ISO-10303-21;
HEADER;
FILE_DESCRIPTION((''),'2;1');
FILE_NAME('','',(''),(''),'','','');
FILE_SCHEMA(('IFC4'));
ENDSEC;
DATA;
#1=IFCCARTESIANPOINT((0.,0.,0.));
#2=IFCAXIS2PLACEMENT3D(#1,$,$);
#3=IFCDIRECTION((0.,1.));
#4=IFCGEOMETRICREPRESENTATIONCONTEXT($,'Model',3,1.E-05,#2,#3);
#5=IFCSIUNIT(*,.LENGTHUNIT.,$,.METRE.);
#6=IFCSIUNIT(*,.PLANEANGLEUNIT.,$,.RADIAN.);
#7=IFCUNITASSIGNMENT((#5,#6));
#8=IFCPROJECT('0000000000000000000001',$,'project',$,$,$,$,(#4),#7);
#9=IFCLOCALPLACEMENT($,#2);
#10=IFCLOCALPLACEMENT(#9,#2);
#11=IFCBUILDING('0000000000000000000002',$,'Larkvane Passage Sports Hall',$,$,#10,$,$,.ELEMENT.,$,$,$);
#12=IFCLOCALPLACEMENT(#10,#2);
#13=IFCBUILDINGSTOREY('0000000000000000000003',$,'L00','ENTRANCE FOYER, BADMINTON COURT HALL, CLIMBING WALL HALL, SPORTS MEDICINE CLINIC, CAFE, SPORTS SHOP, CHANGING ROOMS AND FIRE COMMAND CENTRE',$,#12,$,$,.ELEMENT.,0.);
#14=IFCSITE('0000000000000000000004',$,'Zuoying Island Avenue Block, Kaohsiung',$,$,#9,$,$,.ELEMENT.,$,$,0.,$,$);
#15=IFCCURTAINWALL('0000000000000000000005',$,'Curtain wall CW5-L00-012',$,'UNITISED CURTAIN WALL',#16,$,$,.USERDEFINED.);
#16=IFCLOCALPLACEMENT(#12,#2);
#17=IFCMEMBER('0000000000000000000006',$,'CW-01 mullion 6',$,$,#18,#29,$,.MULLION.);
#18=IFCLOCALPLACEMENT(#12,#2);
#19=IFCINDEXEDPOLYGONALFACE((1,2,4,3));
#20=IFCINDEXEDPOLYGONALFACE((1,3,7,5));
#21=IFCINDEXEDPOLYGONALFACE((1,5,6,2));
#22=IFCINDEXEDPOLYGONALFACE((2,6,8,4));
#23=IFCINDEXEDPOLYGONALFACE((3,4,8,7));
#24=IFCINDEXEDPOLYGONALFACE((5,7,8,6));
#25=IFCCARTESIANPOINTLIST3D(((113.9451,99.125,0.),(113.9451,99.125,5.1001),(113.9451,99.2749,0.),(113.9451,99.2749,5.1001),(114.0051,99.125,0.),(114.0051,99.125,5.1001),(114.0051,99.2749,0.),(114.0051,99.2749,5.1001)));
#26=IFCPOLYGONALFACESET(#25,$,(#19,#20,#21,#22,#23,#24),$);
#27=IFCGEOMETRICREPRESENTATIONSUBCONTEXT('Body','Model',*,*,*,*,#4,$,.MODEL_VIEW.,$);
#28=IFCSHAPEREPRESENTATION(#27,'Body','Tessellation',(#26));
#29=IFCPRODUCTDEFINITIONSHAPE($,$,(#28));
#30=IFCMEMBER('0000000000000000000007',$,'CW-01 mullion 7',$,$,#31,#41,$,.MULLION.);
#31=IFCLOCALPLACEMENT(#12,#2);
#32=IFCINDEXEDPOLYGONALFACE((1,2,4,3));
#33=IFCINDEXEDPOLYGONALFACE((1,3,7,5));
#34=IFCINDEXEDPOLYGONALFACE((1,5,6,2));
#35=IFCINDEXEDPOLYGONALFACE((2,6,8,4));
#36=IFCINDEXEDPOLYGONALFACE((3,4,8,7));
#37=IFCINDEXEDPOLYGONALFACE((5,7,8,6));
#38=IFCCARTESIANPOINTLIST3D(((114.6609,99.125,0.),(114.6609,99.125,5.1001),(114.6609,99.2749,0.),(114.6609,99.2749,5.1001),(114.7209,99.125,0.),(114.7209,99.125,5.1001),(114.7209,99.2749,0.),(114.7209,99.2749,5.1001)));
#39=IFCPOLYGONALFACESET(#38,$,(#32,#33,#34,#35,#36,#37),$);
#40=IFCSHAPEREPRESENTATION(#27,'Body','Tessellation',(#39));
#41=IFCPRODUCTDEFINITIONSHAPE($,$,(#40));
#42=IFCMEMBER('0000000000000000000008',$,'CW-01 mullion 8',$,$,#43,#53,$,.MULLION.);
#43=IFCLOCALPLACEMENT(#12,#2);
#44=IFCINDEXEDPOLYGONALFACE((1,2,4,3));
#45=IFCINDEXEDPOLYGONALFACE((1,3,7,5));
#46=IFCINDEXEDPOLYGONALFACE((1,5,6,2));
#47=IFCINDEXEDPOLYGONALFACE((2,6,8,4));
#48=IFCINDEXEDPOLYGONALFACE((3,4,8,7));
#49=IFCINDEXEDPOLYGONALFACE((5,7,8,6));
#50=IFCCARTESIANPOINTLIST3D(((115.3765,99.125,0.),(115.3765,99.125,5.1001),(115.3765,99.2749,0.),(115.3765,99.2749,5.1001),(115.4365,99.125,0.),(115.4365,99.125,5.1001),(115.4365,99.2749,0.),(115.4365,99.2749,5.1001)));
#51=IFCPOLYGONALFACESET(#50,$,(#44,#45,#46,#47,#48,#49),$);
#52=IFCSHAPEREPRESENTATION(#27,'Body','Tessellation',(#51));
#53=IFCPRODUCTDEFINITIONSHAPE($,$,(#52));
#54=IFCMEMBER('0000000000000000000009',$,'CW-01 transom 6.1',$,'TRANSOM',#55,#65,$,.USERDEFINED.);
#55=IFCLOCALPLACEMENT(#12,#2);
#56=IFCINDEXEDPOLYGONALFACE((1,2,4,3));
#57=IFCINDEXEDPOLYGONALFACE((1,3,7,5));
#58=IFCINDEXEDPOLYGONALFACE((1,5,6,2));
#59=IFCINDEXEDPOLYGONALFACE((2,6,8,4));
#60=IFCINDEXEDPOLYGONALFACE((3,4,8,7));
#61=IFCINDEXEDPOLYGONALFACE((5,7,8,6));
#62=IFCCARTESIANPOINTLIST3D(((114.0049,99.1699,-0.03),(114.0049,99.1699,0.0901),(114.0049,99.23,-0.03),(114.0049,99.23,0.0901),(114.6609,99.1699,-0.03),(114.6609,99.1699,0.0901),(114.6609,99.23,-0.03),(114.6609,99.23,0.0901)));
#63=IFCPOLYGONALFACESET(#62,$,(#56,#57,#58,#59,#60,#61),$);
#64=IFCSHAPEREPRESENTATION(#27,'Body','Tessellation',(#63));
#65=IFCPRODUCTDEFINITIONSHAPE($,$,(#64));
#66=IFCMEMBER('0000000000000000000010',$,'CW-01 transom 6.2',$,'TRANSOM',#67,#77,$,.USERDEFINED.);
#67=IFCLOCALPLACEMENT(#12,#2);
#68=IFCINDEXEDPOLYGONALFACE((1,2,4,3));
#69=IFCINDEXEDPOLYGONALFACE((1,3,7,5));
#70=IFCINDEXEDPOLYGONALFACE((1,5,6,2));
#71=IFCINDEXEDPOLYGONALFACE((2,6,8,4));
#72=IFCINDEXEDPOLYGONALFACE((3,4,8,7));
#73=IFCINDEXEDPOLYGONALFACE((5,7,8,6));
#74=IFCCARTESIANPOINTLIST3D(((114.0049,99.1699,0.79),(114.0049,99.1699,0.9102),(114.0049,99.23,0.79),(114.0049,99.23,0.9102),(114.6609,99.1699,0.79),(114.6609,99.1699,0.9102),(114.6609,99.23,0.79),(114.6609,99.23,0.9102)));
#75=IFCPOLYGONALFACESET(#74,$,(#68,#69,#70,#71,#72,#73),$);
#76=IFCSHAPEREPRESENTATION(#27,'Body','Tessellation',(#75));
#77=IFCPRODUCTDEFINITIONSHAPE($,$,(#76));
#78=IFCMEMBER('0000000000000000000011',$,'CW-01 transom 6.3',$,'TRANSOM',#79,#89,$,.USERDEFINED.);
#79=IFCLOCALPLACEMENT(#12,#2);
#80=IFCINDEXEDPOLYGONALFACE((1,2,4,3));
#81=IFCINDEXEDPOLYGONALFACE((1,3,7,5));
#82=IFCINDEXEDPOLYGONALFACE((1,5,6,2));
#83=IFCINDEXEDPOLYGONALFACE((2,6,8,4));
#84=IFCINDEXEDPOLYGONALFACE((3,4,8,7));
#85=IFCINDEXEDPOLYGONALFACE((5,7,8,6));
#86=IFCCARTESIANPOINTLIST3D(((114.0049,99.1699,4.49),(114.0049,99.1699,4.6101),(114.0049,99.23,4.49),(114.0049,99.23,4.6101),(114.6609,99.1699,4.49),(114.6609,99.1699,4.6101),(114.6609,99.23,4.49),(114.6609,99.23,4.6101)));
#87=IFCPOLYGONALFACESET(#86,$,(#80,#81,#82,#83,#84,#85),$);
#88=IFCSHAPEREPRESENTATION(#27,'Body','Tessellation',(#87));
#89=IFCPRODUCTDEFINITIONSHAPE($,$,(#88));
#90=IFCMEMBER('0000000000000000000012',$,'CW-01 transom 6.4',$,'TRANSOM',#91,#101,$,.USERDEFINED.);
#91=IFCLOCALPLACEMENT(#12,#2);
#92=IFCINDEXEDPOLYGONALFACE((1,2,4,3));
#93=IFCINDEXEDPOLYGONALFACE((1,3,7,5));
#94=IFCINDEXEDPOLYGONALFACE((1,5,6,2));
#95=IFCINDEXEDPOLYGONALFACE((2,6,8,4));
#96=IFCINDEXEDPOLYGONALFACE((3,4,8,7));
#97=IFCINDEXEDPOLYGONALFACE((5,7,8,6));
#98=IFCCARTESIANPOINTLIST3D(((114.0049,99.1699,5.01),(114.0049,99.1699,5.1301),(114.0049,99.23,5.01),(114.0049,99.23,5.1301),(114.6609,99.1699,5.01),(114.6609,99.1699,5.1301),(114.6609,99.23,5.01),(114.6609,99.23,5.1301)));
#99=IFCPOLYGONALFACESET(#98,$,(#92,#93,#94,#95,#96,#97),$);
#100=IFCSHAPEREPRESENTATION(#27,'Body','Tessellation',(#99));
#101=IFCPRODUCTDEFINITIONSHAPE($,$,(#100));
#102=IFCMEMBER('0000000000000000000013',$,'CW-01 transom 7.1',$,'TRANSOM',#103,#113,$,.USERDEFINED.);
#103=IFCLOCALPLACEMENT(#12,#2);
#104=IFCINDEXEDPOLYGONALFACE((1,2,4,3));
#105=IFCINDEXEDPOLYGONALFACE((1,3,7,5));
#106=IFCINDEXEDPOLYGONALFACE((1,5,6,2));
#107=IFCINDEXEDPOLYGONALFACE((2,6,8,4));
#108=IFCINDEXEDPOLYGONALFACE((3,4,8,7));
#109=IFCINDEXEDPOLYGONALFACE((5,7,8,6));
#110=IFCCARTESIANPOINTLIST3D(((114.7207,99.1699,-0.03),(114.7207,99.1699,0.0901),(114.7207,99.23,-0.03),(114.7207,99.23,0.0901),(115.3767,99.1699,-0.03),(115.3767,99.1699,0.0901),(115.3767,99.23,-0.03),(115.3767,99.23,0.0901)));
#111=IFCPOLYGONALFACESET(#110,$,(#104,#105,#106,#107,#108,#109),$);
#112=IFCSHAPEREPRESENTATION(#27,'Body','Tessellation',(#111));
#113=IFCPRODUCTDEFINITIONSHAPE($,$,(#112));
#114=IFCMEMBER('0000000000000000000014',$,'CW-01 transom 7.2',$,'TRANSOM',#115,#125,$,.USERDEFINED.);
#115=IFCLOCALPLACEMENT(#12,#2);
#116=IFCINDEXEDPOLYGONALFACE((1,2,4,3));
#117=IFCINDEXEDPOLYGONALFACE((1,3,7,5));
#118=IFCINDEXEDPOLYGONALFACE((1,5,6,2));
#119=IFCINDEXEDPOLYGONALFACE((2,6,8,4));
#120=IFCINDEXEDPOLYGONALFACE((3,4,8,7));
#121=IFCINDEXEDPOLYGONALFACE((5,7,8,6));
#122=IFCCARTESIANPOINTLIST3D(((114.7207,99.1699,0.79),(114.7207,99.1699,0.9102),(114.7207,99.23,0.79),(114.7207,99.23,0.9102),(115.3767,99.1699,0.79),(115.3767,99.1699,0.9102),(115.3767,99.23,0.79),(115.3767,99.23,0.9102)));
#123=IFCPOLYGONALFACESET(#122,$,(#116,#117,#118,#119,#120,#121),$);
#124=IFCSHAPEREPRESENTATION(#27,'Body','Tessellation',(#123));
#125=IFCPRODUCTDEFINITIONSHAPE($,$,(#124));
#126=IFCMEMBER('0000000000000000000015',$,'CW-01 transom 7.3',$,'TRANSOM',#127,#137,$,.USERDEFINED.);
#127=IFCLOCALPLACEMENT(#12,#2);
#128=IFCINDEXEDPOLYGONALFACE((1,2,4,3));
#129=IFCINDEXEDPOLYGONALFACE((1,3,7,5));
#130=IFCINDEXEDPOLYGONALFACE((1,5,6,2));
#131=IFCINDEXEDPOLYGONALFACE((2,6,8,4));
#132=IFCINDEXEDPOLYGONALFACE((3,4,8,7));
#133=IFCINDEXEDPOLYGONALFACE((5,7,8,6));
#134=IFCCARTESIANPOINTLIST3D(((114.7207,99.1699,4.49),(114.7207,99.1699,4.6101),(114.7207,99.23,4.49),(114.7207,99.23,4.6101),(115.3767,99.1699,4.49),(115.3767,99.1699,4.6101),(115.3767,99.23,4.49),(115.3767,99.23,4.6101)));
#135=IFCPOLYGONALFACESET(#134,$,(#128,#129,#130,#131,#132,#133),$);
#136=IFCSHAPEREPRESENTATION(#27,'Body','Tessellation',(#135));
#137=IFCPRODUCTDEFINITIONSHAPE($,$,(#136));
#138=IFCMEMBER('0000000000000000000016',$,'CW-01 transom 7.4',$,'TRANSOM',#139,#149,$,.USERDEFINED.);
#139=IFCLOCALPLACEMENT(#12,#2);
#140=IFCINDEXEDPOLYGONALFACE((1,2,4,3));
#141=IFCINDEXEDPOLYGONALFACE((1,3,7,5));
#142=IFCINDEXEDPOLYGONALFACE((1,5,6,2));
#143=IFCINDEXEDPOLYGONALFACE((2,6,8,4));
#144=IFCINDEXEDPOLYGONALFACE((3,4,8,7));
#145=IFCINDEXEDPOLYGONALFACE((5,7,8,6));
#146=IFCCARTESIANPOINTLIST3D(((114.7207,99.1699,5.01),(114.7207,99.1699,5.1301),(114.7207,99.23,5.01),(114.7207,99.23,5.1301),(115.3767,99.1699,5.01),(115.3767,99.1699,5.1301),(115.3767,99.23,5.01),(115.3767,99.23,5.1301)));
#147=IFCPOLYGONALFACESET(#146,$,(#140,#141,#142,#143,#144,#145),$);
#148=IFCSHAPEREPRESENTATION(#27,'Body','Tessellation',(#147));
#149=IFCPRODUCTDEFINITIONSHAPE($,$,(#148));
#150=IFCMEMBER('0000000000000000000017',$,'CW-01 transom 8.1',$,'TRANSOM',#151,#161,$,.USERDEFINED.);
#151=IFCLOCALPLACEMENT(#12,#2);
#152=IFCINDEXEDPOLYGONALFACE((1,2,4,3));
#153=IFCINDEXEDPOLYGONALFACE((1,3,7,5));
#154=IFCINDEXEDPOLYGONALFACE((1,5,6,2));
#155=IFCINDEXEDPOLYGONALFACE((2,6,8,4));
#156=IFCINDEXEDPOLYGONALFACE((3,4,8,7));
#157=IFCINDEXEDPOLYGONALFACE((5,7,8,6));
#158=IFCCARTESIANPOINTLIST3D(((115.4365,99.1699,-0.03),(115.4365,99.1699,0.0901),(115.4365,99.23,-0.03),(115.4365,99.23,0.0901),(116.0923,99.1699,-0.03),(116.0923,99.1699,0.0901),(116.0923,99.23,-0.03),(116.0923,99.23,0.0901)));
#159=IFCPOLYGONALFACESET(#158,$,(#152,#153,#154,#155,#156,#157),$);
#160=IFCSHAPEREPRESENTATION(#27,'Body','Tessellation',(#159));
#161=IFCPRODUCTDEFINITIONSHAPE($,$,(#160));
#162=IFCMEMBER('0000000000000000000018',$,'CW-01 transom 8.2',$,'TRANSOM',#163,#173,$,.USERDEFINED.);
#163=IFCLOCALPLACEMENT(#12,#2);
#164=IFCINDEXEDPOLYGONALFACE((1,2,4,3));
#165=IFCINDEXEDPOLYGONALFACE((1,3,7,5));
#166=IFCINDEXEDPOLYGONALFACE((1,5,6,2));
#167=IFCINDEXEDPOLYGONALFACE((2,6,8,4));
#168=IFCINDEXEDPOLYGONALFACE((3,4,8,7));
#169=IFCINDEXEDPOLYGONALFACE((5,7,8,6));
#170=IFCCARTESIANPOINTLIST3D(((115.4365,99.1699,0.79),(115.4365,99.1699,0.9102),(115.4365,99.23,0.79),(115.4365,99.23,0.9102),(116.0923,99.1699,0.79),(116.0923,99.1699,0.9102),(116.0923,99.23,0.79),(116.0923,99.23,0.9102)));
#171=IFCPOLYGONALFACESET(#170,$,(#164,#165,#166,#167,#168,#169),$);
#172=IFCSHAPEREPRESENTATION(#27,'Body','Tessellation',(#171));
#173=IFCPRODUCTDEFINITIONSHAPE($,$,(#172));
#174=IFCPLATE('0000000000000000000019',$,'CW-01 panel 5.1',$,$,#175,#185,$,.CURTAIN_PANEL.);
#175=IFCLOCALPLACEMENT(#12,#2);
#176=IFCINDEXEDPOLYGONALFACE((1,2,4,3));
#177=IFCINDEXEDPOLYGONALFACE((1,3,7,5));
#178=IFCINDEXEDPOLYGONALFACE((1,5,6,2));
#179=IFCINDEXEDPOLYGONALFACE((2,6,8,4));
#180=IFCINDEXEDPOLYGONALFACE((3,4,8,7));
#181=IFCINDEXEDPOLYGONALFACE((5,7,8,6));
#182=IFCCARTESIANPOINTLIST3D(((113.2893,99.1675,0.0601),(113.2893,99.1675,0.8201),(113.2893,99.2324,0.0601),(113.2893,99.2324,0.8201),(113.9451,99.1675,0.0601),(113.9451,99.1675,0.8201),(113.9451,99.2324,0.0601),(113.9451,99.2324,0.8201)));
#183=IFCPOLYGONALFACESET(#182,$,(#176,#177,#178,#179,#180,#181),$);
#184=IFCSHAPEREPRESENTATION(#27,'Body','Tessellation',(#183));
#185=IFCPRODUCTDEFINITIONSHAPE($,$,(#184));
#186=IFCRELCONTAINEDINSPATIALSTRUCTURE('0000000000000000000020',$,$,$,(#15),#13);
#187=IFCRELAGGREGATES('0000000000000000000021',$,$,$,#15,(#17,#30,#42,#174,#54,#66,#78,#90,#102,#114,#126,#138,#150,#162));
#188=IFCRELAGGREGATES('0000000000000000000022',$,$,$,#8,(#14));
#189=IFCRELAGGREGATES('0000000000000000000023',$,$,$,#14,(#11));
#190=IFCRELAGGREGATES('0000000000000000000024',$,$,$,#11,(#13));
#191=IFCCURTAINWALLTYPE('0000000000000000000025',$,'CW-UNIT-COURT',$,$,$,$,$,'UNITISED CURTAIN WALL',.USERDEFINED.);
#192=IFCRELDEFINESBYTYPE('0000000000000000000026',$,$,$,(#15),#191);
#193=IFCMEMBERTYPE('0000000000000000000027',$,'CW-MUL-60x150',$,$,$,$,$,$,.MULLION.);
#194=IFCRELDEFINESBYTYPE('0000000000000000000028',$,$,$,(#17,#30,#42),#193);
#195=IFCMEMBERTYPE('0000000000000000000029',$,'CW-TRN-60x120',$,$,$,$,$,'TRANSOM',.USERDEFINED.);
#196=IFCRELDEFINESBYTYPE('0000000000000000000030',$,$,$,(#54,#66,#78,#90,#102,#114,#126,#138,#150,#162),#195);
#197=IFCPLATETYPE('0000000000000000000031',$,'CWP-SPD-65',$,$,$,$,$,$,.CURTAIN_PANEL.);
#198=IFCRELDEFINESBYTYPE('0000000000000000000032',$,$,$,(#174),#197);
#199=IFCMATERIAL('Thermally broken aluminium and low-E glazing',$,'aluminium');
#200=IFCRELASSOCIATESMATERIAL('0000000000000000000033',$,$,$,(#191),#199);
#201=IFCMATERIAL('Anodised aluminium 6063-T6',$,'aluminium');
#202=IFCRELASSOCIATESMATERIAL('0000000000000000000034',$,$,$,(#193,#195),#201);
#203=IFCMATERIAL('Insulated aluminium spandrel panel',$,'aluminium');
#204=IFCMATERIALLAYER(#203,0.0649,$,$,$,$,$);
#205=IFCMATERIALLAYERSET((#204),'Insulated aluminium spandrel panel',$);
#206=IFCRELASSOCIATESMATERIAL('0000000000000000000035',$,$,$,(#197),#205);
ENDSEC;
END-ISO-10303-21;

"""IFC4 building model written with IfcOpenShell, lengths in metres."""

from ifc_helpers import new_model, si_unit, direction, frame, origin, origin_2d, place, context, subcontext, project, spatial, rectangle, extrude, material, layer, layer_set, material_profile, profile_set, type_object, element, aggregate, save


model = new_model("IFC4")

# Units and contexts
model_context = context("Model", 3, precision=1e-05, world=origin(), true_north=direction((0.0, 1.0)))
body_context = subcontext(model_context, "Body", "Model", "MODEL_VIEW")
ifc_project = project(units=[si_unit("LENGTHUNIT", "METRE"), si_unit("PLANEANGLEUNIT", "RADIAN")], contexts=[model_context])

# Site, building, storey
site_placement = place(None, origin())
site = spatial("IfcSite", under=ifc_project, at=site_placement, Name="Zuoying Island Avenue Block, Kaohsiung", CompositionType="ELEMENT", RefElevation=0.0)
building_placement = place(site_placement, origin())
building = spatial("IfcBuilding", under=site, at=building_placement, Name="Larkvane Passage Sports Hall", CompositionType="ELEMENT")
storey_placement = place(building_placement, origin())
storey = spatial("IfcBuildingStorey", under=building, at=storey_placement, Name="L00", Description="ENTRANCE FOYER, BADMINTON COURT HALL, CLIMBING WALL HALL, SPORTS MEDICINE CLINIC, CAFE, SPORTS SHOP, CHANGING ROOMS AND FIRE COMMAND CENTRE", CompositionType="ELEMENT", Elevation=0.0)

# Curtain wall, members, plate
ifc_material_1 = material(Name="Thermally broken aluminium and low-E glazing", Category="aluminium")
curtain_wall_type = type_object("IfcCurtainWallType", Name="CW-UNIT-COURT", ElementType="UNITISED CURTAIN WALL", PredefinedType="USERDEFINED", material=ifc_material_1)
curtain_wall_placement = place(storey_placement, origin())
curtain_wall = element("IfcCurtainWall", 1, at=curtain_wall_placement, inside=storey, type_object=curtain_wall_type, Name="Curtain wall CW5-L00-012", ObjectType="UNITISED CURTAIN WALL", PredefinedType="USERDEFINED")
ifc_material_2 = material(Name="Anodised aluminium 6063-T6", Category="aluminium")
ifc_material_profile_1 = material_profile(ifc_material_2, rectangle(XDim=0.0601, YDim=0.1499, at=origin_2d()), Name="ALU-MUL-60x150")
ifc_profile_set_1 = profile_set([ifc_material_profile_1], Name="Anodised aluminium 6063-T6")
member_type_1 = type_object("IfcMemberType", Name="CW-MUL-60x150", PredefinedType="MULLION", material=ifc_profile_set_1)
member_1_placement = place(storey_placement, frame((113.9751, 99.2, 0.0), z_axis=(0.0, 0.0, 1.0), x_axis=(1.0, 0.0, 0.0)))
member_1 = element("IfcMember", 2, at=member_1_placement, type_object=member_type_1, Name="CW-01 mullion 6", PredefinedType="MULLION", context=body_context, shape_type="SweptSolid", body=[
    extrude(rectangle(XDim=0.0601, YDim=0.1499, at=origin_2d()), origin(), (0.0, 0.0, 1.0), 5.1001),
])
member_2_placement = place(storey_placement, frame((114.6909, 99.2, 0.0), z_axis=(0.0, 0.0, 1.0), x_axis=(1.0, 0.0, 0.0)))
member_2 = element("IfcMember", 3, at=member_2_placement, type_object=member_type_1, Name="CW-01 mullion 7", PredefinedType="MULLION", context=body_context, shape_type="SweptSolid", body=[
    extrude(rectangle(XDim=0.0601, YDim=0.1499, at=origin_2d()), origin(), (0.0, 0.0, 1.0), 5.1001),
])
member_3_placement = place(storey_placement, frame((115.4065, 99.2, 0.0), z_axis=(0.0, 0.0, 1.0), x_axis=(1.0, 0.0, 0.0)))
member_3 = element("IfcMember", 4, at=member_3_placement, type_object=member_type_1, Name="CW-01 mullion 8", PredefinedType="MULLION", context=body_context, shape_type="SweptSolid", body=[
    extrude(rectangle(XDim=0.0601, YDim=0.1499, at=origin_2d()), origin(), (0.0, 0.0, 1.0), 5.1001),
])
ifc_material_profile_2 = material_profile(ifc_material_2, rectangle(XDim=0.0601, YDim=0.1201, at=origin_2d()), Name="ALU-TRN-60x120")
ifc_profile_set_2 = profile_set([ifc_material_profile_2], Name="Anodised aluminium 6063-T6")
member_type_2 = type_object("IfcMemberType", Name="CW-TRN-60x120", ElementType="TRANSOM", PredefinedType="USERDEFINED", material=ifc_profile_set_2)
member_4_placement = place(storey_placement, frame((114.0049, 99.2, 0.03), z_axis=(1.0, 0.0, 0.0), x_axis=(0.0, 1.0, 0.0)))
member_4 = element("IfcMember", 5, at=member_4_placement, type_object=member_type_2, Name="CW-01 transom 6.1", ObjectType="TRANSOM", PredefinedType="USERDEFINED", context=body_context, shape_type="SweptSolid", body=[
    extrude(rectangle(XDim=0.0601, YDim=0.1201, at=origin_2d()), origin(), (0.0, 0.0, 1.0), 0.656),
])
member_5_placement = place(storey_placement, frame((114.0049, 99.2, 0.8501), z_axis=(1.0, 0.0, 0.0), x_axis=(0.0, 1.0, 0.0)))
member_5 = element("IfcMember", 6, at=member_5_placement, type_object=member_type_2, Name="CW-01 transom 6.2", ObjectType="TRANSOM", PredefinedType="USERDEFINED", context=body_context, shape_type="SweptSolid", body=[
    extrude(rectangle(XDim=0.0601, YDim=0.1201, at=origin_2d()), origin(), (0.0, 0.0, 1.0), 0.656),
])
member_6_placement = place(storey_placement, frame((114.0049, 99.2, 4.55), z_axis=(1.0, 0.0, 0.0), x_axis=(0.0, 1.0, 0.0)))
member_6 = element("IfcMember", 7, at=member_6_placement, type_object=member_type_2, Name="CW-01 transom 6.3", ObjectType="TRANSOM", PredefinedType="USERDEFINED", context=body_context, shape_type="SweptSolid", body=[
    extrude(rectangle(XDim=0.0601, YDim=0.1201, at=origin_2d()), origin(), (0.0, 0.0, 1.0), 0.656),
])
member_7_placement = place(storey_placement, frame((114.0049, 99.2, 5.0701), z_axis=(1.0, 0.0, 0.0), x_axis=(0.0, 1.0, 0.0)))
member_7 = element("IfcMember", 8, at=member_7_placement, type_object=member_type_2, Name="CW-01 transom 6.4", ObjectType="TRANSOM", PredefinedType="USERDEFINED", context=body_context, shape_type="SweptSolid", body=[
    extrude(rectangle(XDim=0.0601, YDim=0.1201, at=origin_2d()), origin(), (0.0, 0.0, 1.0), 0.656),
])
member_8_placement = place(storey_placement, frame((114.7207, 99.2, 0.03), z_axis=(1.0, 0.0, 0.0), x_axis=(0.0, 1.0, 0.0)))
member_8 = element("IfcMember", 9, at=member_8_placement, type_object=member_type_2, Name="CW-01 transom 7.1", ObjectType="TRANSOM", PredefinedType="USERDEFINED", context=body_context, shape_type="SweptSolid", body=[
    extrude(rectangle(XDim=0.0601, YDim=0.1201, at=origin_2d()), origin(), (0.0, 0.0, 1.0), 0.656),
])
member_9_placement = place(storey_placement, frame((114.7207, 99.2, 0.8501), z_axis=(1.0, 0.0, 0.0), x_axis=(0.0, 1.0, 0.0)))
member_9 = element("IfcMember", 10, at=member_9_placement, type_object=member_type_2, Name="CW-01 transom 7.2", ObjectType="TRANSOM", PredefinedType="USERDEFINED", context=body_context, shape_type="SweptSolid", body=[
    extrude(rectangle(XDim=0.0601, YDim=0.1201, at=origin_2d()), origin(), (0.0, 0.0, 1.0), 0.656),
])
member_10_placement = place(storey_placement, frame((114.7207, 99.2, 4.55), z_axis=(1.0, 0.0, 0.0), x_axis=(0.0, 1.0, 0.0)))
member_10 = element("IfcMember", 11, at=member_10_placement, type_object=member_type_2, Name="CW-01 transom 7.3", ObjectType="TRANSOM", PredefinedType="USERDEFINED", context=body_context, shape_type="SweptSolid", body=[
    extrude(rectangle(XDim=0.0601, YDim=0.1201, at=origin_2d()), origin(), (0.0, 0.0, 1.0), 0.656),
])
member_11_placement = place(storey_placement, frame((114.7207, 99.2, 5.0701), z_axis=(1.0, 0.0, 0.0), x_axis=(0.0, 1.0, 0.0)))
member_11 = element("IfcMember", 12, at=member_11_placement, type_object=member_type_2, Name="CW-01 transom 7.4", ObjectType="TRANSOM", PredefinedType="USERDEFINED", context=body_context, shape_type="SweptSolid", body=[
    extrude(rectangle(XDim=0.0601, YDim=0.1201, at=origin_2d()), origin(), (0.0, 0.0, 1.0), 0.656),
])
member_12_placement = place(storey_placement, frame((115.4365, 99.2, 0.03), z_axis=(1.0, 0.0, 0.0), x_axis=(0.0, 1.0, 0.0)))
member_12 = element("IfcMember", 13, at=member_12_placement, type_object=member_type_2, Name="CW-01 transom 8.1", ObjectType="TRANSOM", PredefinedType="USERDEFINED", context=body_context, shape_type="SweptSolid", body=[
    extrude(rectangle(XDim=0.0601, YDim=0.1201, at=origin_2d()), origin(), (0.0, 0.0, 1.0), 0.6558),
])
member_13_placement = place(storey_placement, frame((115.4365, 99.2, 0.8501), z_axis=(1.0, 0.0, 0.0), x_axis=(0.0, 1.0, 0.0)))
member_13 = element("IfcMember", 14, at=member_13_placement, type_object=member_type_2, Name="CW-01 transom 8.2", ObjectType="TRANSOM", PredefinedType="USERDEFINED", context=body_context, shape_type="SweptSolid", body=[
    extrude(rectangle(XDim=0.0601, YDim=0.1201, at=origin_2d()), origin(), (0.0, 0.0, 1.0), 0.6558),
])
ifc_material_3 = material(Name="Insulated aluminium spandrel panel", Category="aluminium")
ifc_layer_1 = layer(ifc_material_3, 0.0649)
ifc_layer_set_1 = layer_set([ifc_layer_1], Name="Insulated aluminium spandrel panel")
plate_type_1 = type_object("IfcPlateType", Name="CWP-SPD-65", PredefinedType="CURTAIN_PANEL", material=ifc_layer_set_1)
plate_1_placement = place(storey_placement, frame((113.6172, 99.2, 0.0601), z_axis=(0.0, 0.0, 1.0), x_axis=(1.0, 0.0, 0.0)))
plate_1 = element("IfcPlate", 15, at=plate_1_placement, type_object=plate_type_1, Name="CW-01 panel 5.1", PredefinedType="CURTAIN_PANEL", context=body_context, shape_type="SweptSolid", body=[
    extrude(rectangle(XDim=0.6558, YDim=0.0649, at=origin_2d()), origin(), (0.0, 0.0, 1.0), 0.76),
])
aggregate(curtain_wall, [member_1, member_2, member_3, plate_1, member_4, member_5, member_6, member_7, member_8, member_9, member_10, member_11, member_12, member_13])

save(model, "model.ifc")
